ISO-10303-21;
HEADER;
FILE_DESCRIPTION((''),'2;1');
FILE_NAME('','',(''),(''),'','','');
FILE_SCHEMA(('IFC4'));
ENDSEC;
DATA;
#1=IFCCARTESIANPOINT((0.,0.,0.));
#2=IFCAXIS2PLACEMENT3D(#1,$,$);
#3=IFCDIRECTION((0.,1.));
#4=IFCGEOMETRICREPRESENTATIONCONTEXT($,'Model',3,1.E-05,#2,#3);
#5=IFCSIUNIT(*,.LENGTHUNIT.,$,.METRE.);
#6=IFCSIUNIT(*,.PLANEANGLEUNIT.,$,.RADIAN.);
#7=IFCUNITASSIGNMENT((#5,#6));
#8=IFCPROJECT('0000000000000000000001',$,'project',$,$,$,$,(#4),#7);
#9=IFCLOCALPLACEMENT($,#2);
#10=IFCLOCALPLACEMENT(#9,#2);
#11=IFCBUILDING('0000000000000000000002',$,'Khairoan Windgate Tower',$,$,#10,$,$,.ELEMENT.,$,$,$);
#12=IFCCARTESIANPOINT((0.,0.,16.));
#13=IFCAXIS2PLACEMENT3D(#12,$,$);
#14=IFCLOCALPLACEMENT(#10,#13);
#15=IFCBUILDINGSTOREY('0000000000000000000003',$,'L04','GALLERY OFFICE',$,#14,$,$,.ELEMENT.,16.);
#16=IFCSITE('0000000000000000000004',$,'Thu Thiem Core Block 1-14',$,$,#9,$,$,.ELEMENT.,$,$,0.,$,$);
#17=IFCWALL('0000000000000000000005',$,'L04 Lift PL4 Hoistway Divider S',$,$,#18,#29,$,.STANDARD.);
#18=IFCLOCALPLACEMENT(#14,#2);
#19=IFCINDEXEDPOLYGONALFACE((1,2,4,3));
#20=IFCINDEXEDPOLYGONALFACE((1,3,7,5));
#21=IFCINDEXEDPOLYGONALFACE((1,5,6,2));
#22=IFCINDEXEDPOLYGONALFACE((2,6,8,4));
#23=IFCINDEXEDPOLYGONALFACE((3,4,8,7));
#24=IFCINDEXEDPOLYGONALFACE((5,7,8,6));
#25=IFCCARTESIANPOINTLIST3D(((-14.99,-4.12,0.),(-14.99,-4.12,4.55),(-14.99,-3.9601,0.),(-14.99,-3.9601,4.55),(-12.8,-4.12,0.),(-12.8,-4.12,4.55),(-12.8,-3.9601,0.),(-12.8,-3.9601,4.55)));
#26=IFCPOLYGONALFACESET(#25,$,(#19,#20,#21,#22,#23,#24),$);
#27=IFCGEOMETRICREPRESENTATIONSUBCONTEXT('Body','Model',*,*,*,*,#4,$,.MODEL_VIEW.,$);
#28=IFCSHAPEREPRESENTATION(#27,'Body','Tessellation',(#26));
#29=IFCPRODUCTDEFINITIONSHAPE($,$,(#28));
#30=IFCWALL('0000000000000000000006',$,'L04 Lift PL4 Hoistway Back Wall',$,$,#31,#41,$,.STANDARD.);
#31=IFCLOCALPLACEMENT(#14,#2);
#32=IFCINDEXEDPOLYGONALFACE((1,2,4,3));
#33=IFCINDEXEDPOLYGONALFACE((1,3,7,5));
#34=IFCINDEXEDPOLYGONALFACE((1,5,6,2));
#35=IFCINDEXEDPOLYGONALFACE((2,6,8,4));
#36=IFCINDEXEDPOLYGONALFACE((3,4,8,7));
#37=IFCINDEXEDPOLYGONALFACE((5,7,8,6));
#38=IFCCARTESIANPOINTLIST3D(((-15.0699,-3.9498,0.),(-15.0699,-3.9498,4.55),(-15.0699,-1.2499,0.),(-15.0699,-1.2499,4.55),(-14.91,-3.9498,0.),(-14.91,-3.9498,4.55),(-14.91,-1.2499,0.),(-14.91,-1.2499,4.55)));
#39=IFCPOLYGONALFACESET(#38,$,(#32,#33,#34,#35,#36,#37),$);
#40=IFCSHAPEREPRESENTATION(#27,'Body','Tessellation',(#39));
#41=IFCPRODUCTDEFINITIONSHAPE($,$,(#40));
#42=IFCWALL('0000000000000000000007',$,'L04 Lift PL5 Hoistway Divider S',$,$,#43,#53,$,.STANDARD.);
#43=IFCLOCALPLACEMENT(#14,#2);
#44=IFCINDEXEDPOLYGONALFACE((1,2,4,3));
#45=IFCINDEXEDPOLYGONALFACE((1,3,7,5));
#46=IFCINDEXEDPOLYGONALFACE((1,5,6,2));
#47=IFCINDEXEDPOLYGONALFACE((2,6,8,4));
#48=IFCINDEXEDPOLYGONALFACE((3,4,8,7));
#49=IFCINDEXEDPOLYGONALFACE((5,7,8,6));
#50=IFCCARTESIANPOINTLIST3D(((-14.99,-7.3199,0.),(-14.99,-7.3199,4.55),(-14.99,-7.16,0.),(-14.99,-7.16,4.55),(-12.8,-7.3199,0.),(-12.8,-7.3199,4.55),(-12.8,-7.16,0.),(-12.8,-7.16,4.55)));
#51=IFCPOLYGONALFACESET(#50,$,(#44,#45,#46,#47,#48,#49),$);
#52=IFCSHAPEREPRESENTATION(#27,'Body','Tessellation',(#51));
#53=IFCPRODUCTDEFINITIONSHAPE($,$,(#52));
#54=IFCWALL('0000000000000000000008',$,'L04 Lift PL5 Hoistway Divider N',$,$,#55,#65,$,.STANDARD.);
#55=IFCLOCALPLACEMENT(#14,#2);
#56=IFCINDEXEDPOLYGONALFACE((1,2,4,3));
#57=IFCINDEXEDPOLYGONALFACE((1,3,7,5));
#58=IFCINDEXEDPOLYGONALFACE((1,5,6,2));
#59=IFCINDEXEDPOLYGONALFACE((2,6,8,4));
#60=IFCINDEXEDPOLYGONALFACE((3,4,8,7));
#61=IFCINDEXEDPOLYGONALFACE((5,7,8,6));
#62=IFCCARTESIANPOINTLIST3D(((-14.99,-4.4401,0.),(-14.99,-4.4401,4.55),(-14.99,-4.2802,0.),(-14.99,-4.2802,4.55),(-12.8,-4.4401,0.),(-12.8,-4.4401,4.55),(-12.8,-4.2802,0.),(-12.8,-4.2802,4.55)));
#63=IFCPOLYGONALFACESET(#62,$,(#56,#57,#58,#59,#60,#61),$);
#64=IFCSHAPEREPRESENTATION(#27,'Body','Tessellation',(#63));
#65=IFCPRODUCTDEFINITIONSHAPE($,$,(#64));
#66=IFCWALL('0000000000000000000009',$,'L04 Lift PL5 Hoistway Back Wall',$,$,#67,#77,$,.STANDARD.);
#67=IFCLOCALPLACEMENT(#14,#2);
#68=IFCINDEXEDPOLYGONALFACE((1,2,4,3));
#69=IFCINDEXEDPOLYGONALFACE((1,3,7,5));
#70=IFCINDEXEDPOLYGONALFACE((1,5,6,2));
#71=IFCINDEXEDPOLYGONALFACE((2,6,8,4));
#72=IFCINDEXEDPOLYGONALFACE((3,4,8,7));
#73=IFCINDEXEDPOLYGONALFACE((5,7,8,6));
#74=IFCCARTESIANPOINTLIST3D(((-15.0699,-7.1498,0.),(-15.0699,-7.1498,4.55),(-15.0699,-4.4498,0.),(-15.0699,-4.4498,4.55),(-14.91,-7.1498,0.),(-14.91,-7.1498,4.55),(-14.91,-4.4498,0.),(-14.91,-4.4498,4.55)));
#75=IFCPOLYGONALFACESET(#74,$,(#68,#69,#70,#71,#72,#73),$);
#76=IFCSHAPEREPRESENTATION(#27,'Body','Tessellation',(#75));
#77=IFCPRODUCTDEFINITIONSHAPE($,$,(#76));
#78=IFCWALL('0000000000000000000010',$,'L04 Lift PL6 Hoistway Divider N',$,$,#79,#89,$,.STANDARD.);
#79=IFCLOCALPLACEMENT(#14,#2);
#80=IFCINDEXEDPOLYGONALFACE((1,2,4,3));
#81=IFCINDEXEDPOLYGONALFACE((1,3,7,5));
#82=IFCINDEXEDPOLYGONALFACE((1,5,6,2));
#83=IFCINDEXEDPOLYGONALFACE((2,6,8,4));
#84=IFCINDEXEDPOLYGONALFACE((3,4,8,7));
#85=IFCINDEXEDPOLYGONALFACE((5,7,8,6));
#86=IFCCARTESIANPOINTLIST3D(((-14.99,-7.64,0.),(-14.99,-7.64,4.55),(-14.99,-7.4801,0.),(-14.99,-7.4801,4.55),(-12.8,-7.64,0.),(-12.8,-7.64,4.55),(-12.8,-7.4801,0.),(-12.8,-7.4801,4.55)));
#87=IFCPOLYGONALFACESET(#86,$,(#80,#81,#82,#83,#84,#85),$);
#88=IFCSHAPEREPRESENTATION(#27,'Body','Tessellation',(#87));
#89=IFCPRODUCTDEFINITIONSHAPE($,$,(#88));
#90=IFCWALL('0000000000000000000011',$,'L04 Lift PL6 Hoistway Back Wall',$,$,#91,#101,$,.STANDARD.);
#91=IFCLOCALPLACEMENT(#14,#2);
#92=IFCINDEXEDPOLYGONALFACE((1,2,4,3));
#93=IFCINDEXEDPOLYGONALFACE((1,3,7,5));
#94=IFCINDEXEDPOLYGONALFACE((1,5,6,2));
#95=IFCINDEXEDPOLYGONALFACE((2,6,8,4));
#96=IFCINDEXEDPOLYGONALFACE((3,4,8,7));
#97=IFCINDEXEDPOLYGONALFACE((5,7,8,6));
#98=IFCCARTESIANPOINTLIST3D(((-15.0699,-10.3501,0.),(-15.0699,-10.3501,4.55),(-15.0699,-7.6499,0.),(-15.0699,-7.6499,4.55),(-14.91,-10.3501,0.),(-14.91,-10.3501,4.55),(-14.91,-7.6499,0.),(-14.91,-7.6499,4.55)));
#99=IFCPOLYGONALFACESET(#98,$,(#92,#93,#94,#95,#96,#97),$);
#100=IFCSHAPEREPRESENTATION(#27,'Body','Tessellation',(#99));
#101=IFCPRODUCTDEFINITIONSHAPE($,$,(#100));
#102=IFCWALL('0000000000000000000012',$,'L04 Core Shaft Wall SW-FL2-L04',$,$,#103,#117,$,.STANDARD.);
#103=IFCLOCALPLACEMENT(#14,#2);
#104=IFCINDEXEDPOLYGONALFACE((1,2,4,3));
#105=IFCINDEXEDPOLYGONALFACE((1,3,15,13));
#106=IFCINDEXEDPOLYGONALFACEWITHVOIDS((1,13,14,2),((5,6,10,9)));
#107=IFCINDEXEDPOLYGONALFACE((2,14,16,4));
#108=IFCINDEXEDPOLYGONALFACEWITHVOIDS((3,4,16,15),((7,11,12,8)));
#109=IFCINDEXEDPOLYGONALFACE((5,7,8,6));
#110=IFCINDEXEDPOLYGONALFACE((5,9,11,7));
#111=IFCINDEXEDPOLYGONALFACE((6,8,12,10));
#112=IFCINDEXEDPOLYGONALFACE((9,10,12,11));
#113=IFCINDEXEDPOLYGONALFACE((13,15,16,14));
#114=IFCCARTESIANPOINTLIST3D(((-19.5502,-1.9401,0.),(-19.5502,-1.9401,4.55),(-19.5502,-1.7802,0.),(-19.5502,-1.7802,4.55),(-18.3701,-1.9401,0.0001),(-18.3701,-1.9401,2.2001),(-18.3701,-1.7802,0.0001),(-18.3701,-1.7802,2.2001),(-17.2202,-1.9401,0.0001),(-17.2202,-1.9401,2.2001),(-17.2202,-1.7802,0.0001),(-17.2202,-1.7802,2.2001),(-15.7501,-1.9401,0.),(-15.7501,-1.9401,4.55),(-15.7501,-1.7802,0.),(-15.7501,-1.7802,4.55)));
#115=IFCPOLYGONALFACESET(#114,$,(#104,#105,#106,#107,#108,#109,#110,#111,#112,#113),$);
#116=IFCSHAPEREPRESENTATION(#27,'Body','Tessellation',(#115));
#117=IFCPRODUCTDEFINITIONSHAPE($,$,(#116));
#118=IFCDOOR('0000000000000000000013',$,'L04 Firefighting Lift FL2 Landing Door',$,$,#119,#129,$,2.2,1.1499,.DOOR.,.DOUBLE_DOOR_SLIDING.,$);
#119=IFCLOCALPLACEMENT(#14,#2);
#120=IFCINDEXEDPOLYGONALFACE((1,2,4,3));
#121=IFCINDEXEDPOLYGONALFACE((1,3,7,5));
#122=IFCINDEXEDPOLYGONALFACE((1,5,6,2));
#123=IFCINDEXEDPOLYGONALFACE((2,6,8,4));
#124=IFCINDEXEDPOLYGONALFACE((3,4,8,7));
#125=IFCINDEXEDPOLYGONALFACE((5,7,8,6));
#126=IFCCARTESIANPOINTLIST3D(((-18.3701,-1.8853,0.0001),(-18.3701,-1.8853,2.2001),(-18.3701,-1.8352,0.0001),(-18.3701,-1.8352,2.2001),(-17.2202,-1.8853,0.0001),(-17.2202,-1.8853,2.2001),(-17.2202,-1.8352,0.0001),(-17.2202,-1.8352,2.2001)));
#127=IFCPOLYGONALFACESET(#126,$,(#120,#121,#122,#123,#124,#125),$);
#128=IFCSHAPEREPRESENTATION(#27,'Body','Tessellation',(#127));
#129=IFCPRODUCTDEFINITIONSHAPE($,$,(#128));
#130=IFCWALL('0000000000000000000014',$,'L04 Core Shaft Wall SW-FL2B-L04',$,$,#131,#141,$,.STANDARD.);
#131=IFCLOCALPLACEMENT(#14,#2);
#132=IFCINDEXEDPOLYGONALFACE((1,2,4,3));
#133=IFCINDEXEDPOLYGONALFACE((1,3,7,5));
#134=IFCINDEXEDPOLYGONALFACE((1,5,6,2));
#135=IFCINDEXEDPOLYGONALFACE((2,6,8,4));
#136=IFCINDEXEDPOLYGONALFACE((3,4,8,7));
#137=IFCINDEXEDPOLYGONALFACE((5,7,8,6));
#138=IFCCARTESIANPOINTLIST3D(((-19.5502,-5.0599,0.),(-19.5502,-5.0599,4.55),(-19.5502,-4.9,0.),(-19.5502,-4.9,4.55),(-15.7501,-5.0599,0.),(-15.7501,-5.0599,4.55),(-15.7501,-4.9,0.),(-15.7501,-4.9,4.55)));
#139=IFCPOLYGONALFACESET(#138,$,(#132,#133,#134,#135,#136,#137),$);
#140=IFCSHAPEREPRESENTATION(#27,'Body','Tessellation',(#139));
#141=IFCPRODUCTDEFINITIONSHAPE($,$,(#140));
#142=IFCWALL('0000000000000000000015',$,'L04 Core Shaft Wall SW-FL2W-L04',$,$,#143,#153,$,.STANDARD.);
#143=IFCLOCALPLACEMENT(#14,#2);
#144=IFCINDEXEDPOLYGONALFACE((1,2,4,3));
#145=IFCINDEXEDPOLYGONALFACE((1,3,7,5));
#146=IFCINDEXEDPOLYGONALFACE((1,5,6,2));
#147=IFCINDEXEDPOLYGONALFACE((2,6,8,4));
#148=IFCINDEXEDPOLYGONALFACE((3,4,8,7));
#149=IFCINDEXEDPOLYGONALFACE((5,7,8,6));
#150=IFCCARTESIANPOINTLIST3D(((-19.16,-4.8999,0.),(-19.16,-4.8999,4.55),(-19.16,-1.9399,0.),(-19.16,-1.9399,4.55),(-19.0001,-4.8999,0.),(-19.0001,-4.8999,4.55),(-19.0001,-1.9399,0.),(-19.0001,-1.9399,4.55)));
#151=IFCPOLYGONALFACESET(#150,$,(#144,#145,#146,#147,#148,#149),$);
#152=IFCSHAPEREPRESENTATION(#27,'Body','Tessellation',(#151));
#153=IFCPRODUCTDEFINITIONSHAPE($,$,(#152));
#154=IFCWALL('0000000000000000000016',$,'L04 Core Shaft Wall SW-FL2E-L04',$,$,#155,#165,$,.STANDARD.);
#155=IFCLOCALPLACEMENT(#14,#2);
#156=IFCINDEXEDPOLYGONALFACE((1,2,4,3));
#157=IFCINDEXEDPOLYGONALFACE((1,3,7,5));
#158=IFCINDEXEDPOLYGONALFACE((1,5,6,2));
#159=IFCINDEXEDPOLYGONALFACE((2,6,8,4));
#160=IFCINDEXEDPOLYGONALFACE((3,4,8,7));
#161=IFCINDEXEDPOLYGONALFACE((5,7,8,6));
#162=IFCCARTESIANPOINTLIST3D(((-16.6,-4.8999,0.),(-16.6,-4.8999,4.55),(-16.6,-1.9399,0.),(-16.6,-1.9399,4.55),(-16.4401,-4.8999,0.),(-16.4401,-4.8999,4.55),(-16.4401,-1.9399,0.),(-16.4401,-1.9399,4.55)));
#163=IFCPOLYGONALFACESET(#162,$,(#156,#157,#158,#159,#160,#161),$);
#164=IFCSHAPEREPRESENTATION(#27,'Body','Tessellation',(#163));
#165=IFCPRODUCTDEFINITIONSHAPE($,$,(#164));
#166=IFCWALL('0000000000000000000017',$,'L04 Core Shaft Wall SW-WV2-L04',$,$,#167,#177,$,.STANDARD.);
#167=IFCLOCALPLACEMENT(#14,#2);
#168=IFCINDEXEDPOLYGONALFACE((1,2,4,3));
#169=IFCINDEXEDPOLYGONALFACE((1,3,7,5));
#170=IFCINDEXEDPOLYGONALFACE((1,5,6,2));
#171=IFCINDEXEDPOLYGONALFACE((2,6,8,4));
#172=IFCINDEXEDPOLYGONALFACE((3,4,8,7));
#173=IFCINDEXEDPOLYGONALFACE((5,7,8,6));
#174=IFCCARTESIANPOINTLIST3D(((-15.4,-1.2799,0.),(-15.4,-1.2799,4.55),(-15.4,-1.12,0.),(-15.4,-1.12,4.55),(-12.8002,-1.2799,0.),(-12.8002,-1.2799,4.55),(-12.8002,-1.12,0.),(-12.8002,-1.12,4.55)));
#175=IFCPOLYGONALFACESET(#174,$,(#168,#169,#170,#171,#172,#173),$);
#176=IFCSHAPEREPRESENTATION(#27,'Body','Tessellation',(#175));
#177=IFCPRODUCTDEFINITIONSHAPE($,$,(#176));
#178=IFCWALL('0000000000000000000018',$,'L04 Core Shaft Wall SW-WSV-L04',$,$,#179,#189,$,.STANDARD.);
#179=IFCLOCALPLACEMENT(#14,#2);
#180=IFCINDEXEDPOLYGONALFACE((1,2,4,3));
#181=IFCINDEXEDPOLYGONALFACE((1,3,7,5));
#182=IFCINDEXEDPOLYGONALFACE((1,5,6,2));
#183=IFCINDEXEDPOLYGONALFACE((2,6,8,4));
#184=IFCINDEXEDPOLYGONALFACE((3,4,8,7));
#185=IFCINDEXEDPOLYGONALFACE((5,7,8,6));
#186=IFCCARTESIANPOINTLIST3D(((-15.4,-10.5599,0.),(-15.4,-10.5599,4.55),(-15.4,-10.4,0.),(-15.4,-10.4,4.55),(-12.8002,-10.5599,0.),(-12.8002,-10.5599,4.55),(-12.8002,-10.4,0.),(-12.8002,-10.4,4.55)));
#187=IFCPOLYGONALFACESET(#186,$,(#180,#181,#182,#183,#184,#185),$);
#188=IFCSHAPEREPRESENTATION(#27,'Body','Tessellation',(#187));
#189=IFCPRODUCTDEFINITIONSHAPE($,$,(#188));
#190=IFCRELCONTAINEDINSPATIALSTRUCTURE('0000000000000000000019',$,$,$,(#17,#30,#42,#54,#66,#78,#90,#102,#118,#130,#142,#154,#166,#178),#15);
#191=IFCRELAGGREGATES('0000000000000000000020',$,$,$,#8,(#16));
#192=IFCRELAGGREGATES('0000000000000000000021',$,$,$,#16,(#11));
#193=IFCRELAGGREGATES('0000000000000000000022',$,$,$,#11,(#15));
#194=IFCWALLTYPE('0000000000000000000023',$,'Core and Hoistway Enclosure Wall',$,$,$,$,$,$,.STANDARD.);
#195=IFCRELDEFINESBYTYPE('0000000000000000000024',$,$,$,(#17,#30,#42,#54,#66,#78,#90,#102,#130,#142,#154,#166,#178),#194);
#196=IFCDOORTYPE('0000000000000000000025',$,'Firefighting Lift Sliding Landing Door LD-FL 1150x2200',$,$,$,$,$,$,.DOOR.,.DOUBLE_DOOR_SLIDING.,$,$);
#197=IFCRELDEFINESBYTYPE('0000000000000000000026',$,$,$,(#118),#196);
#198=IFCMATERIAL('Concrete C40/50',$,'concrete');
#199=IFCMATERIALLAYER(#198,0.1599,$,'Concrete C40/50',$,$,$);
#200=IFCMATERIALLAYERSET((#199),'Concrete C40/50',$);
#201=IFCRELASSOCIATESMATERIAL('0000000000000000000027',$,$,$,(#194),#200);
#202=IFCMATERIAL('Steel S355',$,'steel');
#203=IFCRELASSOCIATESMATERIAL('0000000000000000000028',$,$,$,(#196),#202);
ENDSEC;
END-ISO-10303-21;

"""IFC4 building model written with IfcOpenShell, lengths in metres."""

from ifc_helpers import new_model, si_unit, direction, frame, frame_2d, origin, place, context, subcontext, project, spatial, rectangle, extrude, material, layer, layer_set, type_object, element, fill, save


model = new_model("IFC4")

# Units and contexts
model_context = context("Model", 3, precision=1e-05, world=origin(), true_north=direction((0.0, 1.0)))
body_context = subcontext(model_context, "Body", "Model", "MODEL_VIEW")
ifc_project = project(units=[si_unit("LENGTHUNIT", "METRE"), si_unit("PLANEANGLEUNIT", "RADIAN")], contexts=[model_context])

# Site, building, storey
site_placement = place(None, origin())
site = spatial("IfcSite", under=ifc_project, at=site_placement, Name="Thu Thiem Core Block 1-14", CompositionType="ELEMENT", RefElevation=0.0)
building_placement = place(site_placement, origin())
building = spatial("IfcBuilding", under=site, at=building_placement, Name="Khairoan Windgate Tower", CompositionType="ELEMENT")
storey_placement = place(building_placement, frame((0.0, 0.0, 16.0)))
storey = spatial("IfcBuildingStorey", under=building, at=storey_placement, Name="L04", Description="GALLERY OFFICE", CompositionType="ELEMENT", Elevation=16.0)

# Walls
ifc_material_1 = material(Name="Concrete C40/50", Category="concrete")
ifc_layer_1 = layer(ifc_material_1, 0.1599, Name="Concrete C40/50")
ifc_layer_set_1 = layer_set([ifc_layer_1], Name="Concrete C40/50")
wall_type_1 = type_object("IfcWallType", Name="Core and Hoistway Enclosure Wall", PredefinedType="STANDARD", material=ifc_layer_set_1)
wall_1_placement = place(storey_placement, frame((-14.99, -4.04, 0.0), z_axis=(0.0, 0.0, 1.0), x_axis=(1.0, 0.0, 0.0)))
element("IfcWall", 1, at=wall_1_placement, inside=storey, type_object=wall_type_1, Name="L04 Lift PL4 Hoistway Divider S", PredefinedType="STANDARD", context=body_context, shape_type="SweptSolid", body=[
    extrude(rectangle(XDim=2.1899, YDim=0.1599, at=frame_2d((1.095, 0.0))), origin(), (0.0, 0.0, 1.0), 4.55),
])
wall_2_placement = place(storey_placement, frame((-14.99, -3.95, 0.0), z_axis=(0.0, 0.0, 1.0), x_axis=(0.0, 1.0, 0.0)))
element("IfcWall", 2, at=wall_2_placement, inside=storey, type_object=wall_type_1, Name="L04 Lift PL4 Hoistway Back Wall", PredefinedType="STANDARD", context=body_context, shape_type="SweptSolid", body=[
    extrude(rectangle(XDim=2.7, YDim=0.1599, at=frame_2d((1.3501, 0.0))), origin(), (0.0, 0.0, 1.0), 4.55),
])
for number, where, z_axis, x_axis, name in (
    (3, (-14.99, -7.24, 0.0), (0.0, 0.0, 1.0), (1.0, 0.0, 0.0), "L04 Lift PL5 Hoistway Divider S"),
    (4, (-14.99, -4.3601, 0.0), (0.0, 0.0, 1.0), (1.0, 0.0, 0.0), "L04 Lift PL5 Hoistway Divider N"),
):
    element("IfcWall", number, at=place(storey_placement, frame(where, z_axis=z_axis, x_axis=x_axis)), inside=storey, type_object=wall_type_1, Name=name, PredefinedType="STANDARD", context=body_context, shape_type="SweptSolid", body=[
        extrude(rectangle(XDim=2.1899, YDim=0.1599, at=frame_2d((1.095, 0.0))), origin(), (0.0, 0.0, 1.0), 4.55),
    ])
wall_3_placement = place(storey_placement, frame((-14.99, -7.1499, 0.0), z_axis=(0.0, 0.0, 1.0), x_axis=(0.0, 1.0, 0.0)))
element("IfcWall", 5, at=wall_3_placement, inside=storey, type_object=wall_type_1, Name="L04 Lift PL5 Hoistway Back Wall", PredefinedType="STANDARD", context=body_context, shape_type="SweptSolid", body=[
    extrude(rectangle(XDim=2.7, YDim=0.1599, at=frame_2d((1.3501, 0.0))), origin(), (0.0, 0.0, 1.0), 4.55),
])
wall_4_placement = place(storey_placement, frame((-14.99, -7.5601, 0.0), z_axis=(0.0, 0.0, 1.0), x_axis=(1.0, 0.0, 0.0)))
element("IfcWall", 6, at=wall_4_placement, inside=storey, type_object=wall_type_1, Name="L04 Lift PL6 Hoistway Divider N", PredefinedType="STANDARD", context=body_context, shape_type="SweptSolid", body=[
    extrude(rectangle(XDim=2.1899, YDim=0.1599, at=frame_2d((1.095, 0.0))), origin(), (0.0, 0.0, 1.0), 4.55),
])
wall_5_placement = place(storey_placement, frame((-14.99, -10.3501, 0.0), z_axis=(0.0, 0.0, 1.0), x_axis=(0.0, 1.0, 0.0)))
element("IfcWall", 7, at=wall_5_placement, inside=storey, type_object=wall_type_1, Name="L04 Lift PL6 Hoistway Back Wall", PredefinedType="STANDARD", context=body_context, shape_type="SweptSolid", body=[
    extrude(rectangle(XDim=2.7002, YDim=0.1599, at=frame_2d((1.3501, 0.0))), origin(), (0.0, 0.0, 1.0), 4.55),
])

# Wall, opening, door
wall_6_placement = place(storey_placement, frame((-19.55, -1.8601, 0.0), z_axis=(0.0, 0.0, 1.0), x_axis=(1.0, 0.0, 0.0)))
wall_6 = element("IfcWall", 8, at=wall_6_placement, inside=storey, type_object=wall_type_1, Name="L04 Core Shaft Wall SW-FL2-L04", PredefinedType="STANDARD", context=body_context, shape_type="SweptSolid", body=[
    extrude(rectangle(XDim=3.8, YDim=0.1599, at=frame_2d((1.8999, 0.0))), origin(), (0.0, 0.0, 1.0), 4.55),
])
opening_1_placement = place(wall_6_placement, frame((1.1799, 0.0, 0.0)))
opening_1 = element("IfcOpeningElement", 9, at=opening_1_placement, cuts=wall_6, PredefinedType="OPENING", context=body_context, shape_type="SweptSolid", body=[
    extrude(rectangle(XDim=1.1499, YDim=2.2, at=frame_2d((0.575, 1.1001))), frame((0.0, 0.0898, 0.0), z_axis=(0.0, -1.0, 0.0), x_axis=(1.0, 0.0, 0.0)), (0.0, 0.0, 1.0), 0.1799),
])
ifc_material_2 = material(Name="Steel S355", Category="steel")
door_type_1 = type_object("IfcDoorType", Name="Firefighting Lift Sliding Landing Door LD-FL 1150x2200", OperationType="DOUBLE_DOOR_SLIDING", PredefinedType="DOOR", material=ifc_material_2)
door_1_placement = place(opening_1_placement, origin())
door_1 = element("IfcDoor", 10, at=door_1_placement, inside=storey, type_object=door_type_1, Name="L04 Firefighting Lift FL2 Landing Door", OperationType="DOUBLE_DOOR_SLIDING", OverallHeight=2.2, OverallWidth=1.1499, PredefinedType="DOOR", context=body_context, shape_type="SweptSolid", body=[
    extrude(rectangle(XDim=1.1499, YDim=2.2, at=frame_2d((0.575, 1.1001))), frame((0.0, 0.0249, 0.0), z_axis=(0.0, -1.0, 0.0), x_axis=(1.0, 0.0, 0.0)), (0.0, 0.0, 1.0), 0.05),
])
fill(opening_1, door_1)

# Walls
wall_7_placement = place(storey_placement, frame((-19.55, -4.98, 0.0), z_axis=(0.0, 0.0, 1.0), x_axis=(1.0, 0.0, 0.0)))
element("IfcWall", 11, at=wall_7_placement, inside=storey, type_object=wall_type_1, Name="L04 Core Shaft Wall SW-FL2B-L04", PredefinedType="STANDARD", context=body_context, shape_type="SweptSolid", body=[
    extrude(rectangle(XDim=3.8, YDim=0.1599, at=frame_2d((1.8999, 0.0))), origin(), (0.0, 0.0, 1.0), 4.55),
])
for number, where, z_axis, x_axis, name in (
    (12, (-19.0801, -4.8999, 0.0), (0.0, 0.0, 1.0), (0.0, 1.0, 0.0), "L04 Core Shaft Wall SW-FL2W-L04"),
    (13, (-16.52, -4.8999, 0.0), (0.0, 0.0, 1.0), (0.0, 1.0, 0.0), "L04 Core Shaft Wall SW-FL2E-L04"),
):
    element("IfcWall", number, at=place(storey_placement, frame(where, z_axis=z_axis, x_axis=x_axis)), inside=storey, type_object=wall_type_1, Name=name, PredefinedType="STANDARD", context=body_context, shape_type="SweptSolid", body=[
        extrude(rectangle(XDim=2.96, YDim=0.1599, at=frame_2d((1.48, 0.0))), origin(), (0.0, 0.0, 1.0), 4.55),
    ])
for number, where, z_axis, x_axis, name in (
    (14, (-15.3999, -1.2, 0.0), (0.0, 0.0, 1.0), (1.0, 0.0, 0.0), "L04 Core Shaft Wall SW-WV2-L04"),
    (15, (-15.3999, -10.48, 0.0), (0.0, 0.0, 1.0), (1.0, 0.0, 0.0), "L04 Core Shaft Wall SW-WSV-L04"),
):
    element("IfcWall", number, at=place(storey_placement, frame(where, z_axis=z_axis, x_axis=x_axis)), inside=storey, type_object=wall_type_1, Name=name, PredefinedType="STANDARD", context=body_context, shape_type="SweptSolid", body=[
        extrude(rectangle(XDim=2.5999, YDim=0.1599, at=frame_2d((1.2998, 0.0))), origin(), (0.0, 0.0, 1.0), 4.55),
    ])

save(model, "model.ifc")
